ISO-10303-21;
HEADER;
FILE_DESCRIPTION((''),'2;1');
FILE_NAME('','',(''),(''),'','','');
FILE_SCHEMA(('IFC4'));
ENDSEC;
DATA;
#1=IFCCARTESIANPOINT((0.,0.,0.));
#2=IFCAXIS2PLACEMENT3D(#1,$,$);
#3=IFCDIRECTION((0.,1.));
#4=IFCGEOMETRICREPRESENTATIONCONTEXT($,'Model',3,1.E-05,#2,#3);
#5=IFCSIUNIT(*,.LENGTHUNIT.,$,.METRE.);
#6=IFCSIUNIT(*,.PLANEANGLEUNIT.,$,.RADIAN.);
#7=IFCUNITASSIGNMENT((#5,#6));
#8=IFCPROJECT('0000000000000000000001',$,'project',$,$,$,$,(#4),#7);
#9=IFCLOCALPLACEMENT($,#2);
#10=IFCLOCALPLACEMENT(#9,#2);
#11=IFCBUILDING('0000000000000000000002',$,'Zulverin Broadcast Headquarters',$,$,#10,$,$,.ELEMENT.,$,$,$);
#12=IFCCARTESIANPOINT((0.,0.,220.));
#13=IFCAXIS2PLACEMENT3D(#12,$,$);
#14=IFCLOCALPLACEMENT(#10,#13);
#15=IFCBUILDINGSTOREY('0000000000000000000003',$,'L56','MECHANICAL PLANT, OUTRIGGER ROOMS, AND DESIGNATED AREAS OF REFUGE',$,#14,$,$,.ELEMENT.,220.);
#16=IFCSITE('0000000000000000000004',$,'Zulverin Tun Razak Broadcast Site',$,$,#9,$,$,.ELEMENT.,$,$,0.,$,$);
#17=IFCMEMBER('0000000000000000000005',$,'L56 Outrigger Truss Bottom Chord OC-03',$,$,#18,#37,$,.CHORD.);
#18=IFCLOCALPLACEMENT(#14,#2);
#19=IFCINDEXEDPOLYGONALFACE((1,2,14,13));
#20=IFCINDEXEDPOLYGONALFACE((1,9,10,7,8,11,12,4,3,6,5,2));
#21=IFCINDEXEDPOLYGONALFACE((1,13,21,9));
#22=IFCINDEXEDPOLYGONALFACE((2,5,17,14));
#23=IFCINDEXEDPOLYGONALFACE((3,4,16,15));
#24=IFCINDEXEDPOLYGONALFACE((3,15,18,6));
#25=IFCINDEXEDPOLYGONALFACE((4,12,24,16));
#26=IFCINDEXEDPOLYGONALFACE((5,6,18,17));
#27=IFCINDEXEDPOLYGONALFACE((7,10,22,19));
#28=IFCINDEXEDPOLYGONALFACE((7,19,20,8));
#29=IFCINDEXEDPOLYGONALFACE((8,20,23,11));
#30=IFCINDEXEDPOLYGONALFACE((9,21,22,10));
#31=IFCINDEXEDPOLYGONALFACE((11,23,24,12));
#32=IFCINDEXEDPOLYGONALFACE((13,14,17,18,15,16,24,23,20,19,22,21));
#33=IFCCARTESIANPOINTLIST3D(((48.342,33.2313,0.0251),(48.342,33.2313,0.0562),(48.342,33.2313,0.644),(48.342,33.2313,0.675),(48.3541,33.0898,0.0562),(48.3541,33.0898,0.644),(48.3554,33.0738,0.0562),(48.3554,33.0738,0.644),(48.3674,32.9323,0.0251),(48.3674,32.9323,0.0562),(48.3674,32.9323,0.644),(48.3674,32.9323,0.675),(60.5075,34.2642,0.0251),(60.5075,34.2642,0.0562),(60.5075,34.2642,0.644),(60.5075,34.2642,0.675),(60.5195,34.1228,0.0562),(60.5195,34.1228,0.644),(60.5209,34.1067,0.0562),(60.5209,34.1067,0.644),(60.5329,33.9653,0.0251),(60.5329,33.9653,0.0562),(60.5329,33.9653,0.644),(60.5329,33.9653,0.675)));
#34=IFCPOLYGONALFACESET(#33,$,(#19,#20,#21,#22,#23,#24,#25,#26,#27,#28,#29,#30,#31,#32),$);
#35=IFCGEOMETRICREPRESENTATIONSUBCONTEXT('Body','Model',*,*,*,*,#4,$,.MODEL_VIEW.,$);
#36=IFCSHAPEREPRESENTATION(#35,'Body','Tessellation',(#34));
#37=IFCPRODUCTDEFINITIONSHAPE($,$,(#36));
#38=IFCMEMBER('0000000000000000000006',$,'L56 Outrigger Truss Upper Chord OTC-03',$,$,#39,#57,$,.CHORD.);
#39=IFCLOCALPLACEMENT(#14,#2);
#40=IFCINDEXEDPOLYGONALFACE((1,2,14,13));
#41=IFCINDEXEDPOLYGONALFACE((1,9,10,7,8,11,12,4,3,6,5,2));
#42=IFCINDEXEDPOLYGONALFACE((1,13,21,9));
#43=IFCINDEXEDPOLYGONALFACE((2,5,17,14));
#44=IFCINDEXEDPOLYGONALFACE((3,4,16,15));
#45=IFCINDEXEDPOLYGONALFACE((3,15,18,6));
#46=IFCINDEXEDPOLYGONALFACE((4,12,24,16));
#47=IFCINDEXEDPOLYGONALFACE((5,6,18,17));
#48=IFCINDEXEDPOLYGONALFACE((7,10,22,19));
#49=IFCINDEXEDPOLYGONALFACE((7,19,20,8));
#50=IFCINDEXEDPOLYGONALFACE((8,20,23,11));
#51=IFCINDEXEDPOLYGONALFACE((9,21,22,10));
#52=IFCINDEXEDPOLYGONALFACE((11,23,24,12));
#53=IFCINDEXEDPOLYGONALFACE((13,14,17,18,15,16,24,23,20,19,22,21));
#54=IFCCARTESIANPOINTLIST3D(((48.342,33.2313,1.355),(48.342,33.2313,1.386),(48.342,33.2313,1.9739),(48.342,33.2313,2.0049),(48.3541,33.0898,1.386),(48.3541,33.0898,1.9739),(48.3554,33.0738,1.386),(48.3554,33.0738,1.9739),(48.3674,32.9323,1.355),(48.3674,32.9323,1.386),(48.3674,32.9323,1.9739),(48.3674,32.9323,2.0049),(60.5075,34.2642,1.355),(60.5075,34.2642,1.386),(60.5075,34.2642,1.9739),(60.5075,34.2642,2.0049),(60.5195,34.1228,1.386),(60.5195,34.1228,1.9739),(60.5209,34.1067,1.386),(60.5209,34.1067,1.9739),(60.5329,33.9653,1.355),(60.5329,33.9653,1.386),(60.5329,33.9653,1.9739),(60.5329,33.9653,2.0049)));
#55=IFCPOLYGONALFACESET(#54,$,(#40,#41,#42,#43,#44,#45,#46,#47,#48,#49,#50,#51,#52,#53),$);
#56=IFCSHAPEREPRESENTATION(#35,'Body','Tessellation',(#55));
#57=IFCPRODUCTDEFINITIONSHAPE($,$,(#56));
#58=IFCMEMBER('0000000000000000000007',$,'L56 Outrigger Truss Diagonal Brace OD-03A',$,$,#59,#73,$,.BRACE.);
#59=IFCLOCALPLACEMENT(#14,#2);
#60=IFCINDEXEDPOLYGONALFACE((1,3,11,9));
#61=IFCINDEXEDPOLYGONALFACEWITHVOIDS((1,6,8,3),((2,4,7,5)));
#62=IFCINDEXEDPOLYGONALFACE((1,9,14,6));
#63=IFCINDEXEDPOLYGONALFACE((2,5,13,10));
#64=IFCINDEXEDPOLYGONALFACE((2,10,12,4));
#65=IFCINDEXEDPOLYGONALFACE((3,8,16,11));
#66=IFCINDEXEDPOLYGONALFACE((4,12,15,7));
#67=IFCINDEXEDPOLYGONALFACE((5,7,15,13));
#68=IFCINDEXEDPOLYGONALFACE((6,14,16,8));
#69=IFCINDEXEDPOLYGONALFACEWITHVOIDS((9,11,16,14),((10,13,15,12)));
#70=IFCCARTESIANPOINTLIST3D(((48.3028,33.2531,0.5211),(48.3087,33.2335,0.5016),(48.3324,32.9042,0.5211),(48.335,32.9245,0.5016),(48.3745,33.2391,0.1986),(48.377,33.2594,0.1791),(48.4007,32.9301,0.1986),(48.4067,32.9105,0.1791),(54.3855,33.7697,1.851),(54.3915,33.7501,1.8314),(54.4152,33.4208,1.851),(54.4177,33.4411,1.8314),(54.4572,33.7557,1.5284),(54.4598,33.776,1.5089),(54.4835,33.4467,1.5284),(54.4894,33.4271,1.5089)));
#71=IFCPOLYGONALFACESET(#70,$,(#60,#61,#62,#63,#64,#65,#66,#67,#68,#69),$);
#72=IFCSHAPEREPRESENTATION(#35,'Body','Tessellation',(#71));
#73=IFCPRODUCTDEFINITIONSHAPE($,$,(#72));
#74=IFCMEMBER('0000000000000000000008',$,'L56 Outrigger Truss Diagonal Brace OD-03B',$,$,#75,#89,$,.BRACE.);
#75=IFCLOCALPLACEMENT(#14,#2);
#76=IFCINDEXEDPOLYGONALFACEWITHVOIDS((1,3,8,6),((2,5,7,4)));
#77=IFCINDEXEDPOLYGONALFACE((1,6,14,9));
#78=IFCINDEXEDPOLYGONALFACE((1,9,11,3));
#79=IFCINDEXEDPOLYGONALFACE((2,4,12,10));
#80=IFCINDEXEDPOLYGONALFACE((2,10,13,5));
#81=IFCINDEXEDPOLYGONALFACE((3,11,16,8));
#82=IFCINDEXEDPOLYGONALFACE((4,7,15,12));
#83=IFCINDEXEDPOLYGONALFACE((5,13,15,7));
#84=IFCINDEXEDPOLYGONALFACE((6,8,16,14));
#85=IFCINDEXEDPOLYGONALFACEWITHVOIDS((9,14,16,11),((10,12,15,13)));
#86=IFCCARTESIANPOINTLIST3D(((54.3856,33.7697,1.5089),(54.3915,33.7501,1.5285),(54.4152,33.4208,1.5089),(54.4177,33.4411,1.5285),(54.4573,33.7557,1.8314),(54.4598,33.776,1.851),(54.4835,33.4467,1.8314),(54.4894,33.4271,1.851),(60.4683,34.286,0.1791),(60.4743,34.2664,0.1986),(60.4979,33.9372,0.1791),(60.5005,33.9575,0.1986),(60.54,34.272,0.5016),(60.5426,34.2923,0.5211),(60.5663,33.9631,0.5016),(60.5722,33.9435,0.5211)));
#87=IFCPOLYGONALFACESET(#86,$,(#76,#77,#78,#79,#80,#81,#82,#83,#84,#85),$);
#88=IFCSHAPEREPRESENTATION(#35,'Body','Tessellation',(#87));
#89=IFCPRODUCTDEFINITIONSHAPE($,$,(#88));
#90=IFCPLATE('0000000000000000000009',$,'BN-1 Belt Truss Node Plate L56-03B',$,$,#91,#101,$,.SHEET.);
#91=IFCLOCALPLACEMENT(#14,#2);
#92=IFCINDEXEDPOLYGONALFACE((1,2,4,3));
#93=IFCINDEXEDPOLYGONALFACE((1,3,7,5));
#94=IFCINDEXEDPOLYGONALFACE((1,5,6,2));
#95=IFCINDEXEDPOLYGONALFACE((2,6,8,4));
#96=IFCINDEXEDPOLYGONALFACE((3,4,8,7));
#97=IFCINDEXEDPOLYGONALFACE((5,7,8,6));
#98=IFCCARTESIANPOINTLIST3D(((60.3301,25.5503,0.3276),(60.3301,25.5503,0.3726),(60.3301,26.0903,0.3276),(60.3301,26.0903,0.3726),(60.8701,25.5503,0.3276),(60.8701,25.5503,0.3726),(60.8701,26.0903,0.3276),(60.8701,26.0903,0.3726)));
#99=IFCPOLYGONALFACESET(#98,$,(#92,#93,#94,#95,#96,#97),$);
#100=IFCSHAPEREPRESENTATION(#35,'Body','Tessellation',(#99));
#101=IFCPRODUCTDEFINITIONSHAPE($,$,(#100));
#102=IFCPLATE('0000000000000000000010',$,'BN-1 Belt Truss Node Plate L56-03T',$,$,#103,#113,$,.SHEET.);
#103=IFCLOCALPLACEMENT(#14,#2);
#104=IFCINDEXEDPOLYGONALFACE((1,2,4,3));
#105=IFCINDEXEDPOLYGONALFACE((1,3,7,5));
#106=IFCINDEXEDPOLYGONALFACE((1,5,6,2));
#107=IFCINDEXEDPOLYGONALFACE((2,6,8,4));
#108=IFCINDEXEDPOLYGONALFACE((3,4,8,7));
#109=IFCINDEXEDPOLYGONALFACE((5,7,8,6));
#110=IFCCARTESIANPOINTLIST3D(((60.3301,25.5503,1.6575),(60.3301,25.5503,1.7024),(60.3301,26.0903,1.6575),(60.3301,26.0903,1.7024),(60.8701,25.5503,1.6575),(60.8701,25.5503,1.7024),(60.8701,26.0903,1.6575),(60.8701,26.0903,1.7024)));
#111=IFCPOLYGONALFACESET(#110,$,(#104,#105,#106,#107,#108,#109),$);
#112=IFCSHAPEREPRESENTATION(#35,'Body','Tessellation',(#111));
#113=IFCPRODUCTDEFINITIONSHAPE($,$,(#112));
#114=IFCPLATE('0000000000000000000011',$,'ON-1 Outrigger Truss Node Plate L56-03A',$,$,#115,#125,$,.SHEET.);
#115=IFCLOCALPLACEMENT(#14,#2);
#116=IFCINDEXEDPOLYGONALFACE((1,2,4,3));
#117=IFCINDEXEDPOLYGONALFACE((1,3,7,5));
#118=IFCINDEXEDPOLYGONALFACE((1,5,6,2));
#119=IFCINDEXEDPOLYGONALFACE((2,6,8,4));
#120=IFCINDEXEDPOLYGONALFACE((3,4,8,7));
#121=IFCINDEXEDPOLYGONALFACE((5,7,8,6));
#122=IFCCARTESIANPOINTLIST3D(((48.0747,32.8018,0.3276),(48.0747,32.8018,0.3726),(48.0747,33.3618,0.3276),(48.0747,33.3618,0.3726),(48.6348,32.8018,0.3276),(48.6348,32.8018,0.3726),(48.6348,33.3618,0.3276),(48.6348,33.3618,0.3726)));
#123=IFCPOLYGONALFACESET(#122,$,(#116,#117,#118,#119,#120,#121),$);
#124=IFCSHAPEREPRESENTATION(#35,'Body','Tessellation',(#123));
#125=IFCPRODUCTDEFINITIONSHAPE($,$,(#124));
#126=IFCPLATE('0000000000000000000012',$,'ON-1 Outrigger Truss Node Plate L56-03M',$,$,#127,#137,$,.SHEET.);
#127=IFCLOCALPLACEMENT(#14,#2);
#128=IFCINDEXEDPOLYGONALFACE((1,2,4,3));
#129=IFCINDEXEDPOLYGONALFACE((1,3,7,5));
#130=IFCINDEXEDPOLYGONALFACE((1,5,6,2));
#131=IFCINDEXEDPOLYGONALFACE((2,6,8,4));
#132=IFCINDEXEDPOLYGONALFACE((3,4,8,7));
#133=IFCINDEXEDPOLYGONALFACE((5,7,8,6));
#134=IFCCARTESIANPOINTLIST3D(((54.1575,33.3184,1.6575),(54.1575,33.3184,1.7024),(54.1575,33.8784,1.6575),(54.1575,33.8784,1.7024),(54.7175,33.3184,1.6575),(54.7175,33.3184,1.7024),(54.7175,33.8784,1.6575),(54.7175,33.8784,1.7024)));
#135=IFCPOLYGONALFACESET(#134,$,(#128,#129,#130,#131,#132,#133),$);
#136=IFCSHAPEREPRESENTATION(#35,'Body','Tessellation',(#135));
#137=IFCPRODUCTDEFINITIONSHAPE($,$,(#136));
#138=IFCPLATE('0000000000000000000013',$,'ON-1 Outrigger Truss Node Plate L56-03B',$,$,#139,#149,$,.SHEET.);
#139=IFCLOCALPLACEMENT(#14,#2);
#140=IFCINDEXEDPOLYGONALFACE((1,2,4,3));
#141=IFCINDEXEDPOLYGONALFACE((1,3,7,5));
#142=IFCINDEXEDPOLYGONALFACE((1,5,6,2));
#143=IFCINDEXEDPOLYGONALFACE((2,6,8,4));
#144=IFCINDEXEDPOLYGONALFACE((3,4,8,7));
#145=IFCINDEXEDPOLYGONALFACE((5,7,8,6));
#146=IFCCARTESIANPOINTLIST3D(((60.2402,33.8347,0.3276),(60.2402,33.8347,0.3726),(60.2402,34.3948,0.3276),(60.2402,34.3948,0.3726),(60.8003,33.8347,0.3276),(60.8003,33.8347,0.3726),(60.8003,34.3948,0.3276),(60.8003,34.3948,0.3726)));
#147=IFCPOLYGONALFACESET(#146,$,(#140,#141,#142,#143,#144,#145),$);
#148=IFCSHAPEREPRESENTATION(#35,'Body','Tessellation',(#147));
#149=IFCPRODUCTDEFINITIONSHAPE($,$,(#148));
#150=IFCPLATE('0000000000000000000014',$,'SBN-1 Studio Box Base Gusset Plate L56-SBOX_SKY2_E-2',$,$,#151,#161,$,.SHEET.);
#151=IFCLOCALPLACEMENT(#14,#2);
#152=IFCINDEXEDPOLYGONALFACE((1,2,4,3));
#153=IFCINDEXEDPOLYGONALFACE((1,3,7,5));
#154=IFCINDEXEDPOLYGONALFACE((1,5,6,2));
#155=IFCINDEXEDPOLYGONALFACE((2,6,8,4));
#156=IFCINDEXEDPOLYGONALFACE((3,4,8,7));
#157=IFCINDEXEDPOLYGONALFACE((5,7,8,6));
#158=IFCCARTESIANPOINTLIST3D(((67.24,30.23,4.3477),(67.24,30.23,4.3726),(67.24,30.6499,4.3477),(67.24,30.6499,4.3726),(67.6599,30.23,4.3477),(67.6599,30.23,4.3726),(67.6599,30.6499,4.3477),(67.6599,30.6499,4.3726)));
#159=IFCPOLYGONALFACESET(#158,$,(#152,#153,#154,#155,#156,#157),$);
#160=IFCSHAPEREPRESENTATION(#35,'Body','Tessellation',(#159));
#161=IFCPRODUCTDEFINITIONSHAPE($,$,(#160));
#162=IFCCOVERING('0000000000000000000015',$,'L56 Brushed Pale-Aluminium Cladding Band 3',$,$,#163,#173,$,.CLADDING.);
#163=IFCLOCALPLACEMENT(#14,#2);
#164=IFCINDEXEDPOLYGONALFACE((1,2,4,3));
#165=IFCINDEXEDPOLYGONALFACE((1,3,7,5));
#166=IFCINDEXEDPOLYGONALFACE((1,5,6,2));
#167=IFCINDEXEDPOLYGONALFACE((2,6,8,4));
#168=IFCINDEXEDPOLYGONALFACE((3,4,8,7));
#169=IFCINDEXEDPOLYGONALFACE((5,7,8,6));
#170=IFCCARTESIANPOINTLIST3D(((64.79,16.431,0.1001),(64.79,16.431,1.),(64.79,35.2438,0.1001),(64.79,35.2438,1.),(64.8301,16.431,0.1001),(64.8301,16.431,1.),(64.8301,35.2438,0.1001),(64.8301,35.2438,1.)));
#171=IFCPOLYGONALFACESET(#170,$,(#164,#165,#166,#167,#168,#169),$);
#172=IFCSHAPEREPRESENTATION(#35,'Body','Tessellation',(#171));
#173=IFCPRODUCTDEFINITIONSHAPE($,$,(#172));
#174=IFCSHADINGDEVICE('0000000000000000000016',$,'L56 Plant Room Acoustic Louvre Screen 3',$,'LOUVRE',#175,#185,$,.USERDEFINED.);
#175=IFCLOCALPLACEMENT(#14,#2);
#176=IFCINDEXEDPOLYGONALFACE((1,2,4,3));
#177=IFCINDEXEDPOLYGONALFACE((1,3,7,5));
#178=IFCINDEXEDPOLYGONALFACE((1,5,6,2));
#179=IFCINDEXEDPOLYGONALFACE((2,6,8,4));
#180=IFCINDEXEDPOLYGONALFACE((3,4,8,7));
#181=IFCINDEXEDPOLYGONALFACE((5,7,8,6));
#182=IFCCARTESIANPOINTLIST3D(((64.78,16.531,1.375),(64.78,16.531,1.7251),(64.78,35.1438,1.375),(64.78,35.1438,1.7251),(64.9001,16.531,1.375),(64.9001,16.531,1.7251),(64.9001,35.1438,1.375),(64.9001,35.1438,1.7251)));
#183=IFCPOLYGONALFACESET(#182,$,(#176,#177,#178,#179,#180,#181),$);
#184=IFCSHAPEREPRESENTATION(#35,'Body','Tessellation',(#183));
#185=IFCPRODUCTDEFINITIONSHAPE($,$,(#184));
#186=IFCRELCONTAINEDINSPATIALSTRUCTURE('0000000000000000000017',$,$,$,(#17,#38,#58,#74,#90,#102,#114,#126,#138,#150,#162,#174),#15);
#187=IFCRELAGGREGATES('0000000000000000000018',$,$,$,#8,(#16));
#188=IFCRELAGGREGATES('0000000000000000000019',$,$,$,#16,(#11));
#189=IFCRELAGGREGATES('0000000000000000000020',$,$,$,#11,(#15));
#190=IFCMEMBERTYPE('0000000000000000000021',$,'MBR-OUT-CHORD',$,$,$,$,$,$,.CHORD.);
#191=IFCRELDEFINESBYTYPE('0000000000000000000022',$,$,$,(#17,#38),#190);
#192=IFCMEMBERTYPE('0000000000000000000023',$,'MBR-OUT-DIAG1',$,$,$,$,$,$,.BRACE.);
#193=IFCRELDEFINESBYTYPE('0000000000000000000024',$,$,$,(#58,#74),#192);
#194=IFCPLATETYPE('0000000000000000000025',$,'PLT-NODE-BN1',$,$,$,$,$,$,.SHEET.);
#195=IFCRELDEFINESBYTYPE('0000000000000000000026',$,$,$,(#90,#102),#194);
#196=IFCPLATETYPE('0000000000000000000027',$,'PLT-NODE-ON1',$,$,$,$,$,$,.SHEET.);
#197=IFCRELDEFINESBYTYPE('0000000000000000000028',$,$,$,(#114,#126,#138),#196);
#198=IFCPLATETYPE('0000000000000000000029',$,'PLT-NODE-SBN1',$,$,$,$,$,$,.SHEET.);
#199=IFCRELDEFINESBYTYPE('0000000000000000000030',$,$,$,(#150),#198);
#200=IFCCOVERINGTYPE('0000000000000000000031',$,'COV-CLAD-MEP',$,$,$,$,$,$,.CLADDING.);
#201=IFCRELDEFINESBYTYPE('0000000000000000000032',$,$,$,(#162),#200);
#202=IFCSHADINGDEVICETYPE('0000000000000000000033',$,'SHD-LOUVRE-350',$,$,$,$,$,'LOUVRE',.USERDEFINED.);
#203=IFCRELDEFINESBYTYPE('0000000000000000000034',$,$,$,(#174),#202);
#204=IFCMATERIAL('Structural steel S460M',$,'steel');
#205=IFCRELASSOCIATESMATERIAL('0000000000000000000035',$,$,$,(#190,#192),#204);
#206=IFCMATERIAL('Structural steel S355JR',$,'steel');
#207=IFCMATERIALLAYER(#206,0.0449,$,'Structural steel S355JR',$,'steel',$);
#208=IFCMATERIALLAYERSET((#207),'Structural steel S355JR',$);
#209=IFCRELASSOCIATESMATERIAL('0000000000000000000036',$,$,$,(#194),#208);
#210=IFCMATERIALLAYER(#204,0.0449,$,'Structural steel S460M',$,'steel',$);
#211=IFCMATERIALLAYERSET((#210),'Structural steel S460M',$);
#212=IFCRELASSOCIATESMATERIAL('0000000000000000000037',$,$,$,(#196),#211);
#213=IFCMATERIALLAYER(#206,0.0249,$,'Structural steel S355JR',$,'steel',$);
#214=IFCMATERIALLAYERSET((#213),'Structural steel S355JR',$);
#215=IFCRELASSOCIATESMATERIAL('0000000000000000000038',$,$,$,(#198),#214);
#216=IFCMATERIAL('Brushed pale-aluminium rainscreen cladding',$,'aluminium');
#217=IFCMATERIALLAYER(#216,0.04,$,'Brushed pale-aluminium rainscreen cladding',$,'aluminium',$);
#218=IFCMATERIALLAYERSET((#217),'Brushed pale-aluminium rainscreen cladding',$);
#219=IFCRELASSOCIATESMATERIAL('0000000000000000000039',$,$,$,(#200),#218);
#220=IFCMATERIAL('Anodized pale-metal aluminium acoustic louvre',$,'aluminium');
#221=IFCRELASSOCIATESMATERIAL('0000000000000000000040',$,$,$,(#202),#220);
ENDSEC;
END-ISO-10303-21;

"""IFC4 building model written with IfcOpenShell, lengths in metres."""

from ifc_helpers import new_model, si_unit, direction, frame, origin, origin_2d, place, context, subcontext, project, spatial, rectangle, hollow_rectangle, i_section, extrude, material, layer, layer_set, material_profile, profile_set, type_object, element, save


model = new_model("IFC4")

# Units and contexts
model_context = context("Model", 3, precision=1e-05, world=origin(), true_north=direction((0.0, 1.0)))
body_context = subcontext(model_context, "Body", "Model", "MODEL_VIEW")
ifc_project = project(units=[si_unit("LENGTHUNIT", "METRE"), si_unit("PLANEANGLEUNIT", "RADIAN")], contexts=[model_context])

# Site, building, storey
site_placement = place(None, origin())
site = spatial("IfcSite", under=ifc_project, at=site_placement, Name="Zulverin Tun Razak Broadcast Site", CompositionType="ELEMENT", RefElevation=0.0)
building_placement = place(site_placement, origin())
building = spatial("IfcBuilding", under=site, at=building_placement, Name="Zulverin Broadcast Headquarters", CompositionType="ELEMENT")
storey_placement = place(building_placement, frame((0.0, 0.0, 220.0)))
storey = spatial("IfcBuildingStorey", under=building, at=storey_placement, Name="L56", Description="MECHANICAL PLANT, OUTRIGGER ROOMS, AND DESIGNATED AREAS OF REFUGE", CompositionType="ELEMENT", Elevation=220.0)

# Shared definitions
ifc_material_1 = material(Name="Structural steel S355JR", Category="steel")

# Members
ifc_material_2 = material(Name="Structural steel S460M", Category="steel")
ifc_material_profile_1 = material_profile(ifc_material_2, i_section(OverallWidth=0.3, OverallDepth=0.6499, WebThickness=0.0161, FlangeThickness=0.031, at=origin_2d()), Name="Structural steel S460M", Category="steel")
ifc_profile_set_1 = profile_set([ifc_material_profile_1], Name="Structural steel S460M")
member_type_1 = type_object("IfcMemberType", Name="MBR-OUT-CHORD", PredefinedType="CHORD", material=ifc_profile_set_1)
for number, where, z_axis, x_axis, name in (
    (1, (48.3547, 33.0818, 0.3501), (0.996415, 0.084604, 0.0), (-0.084604, 0.996415, 0.0), "L56 Outrigger Truss Bottom Chord OC-03"),
    (2, (48.3547, 33.0818, 1.6799), (0.996415, 0.084604, 0.0), (-0.084604, 0.996415, 0.0), "L56 Outrigger Truss Upper Chord OTC-03"),
):
    element("IfcMember", number, at=place(storey_placement, frame(where, z_axis=z_axis, x_axis=x_axis)), inside=storey, type_object=member_type_1, Name=name, PredefinedType="CHORD", context=body_context, shape_type="SweptSolid", body=[
        extrude(i_section(OverallWidth=0.3, OverallDepth=0.6499, WebThickness=0.0161, FlangeThickness=0.031, at=origin_2d()), origin(), (0.0, 0.0, 1.0), 12.2092),
    ])
ifc_material_profile_2 = material_profile(ifc_material_2, hollow_rectangle(XDim=0.3501, YDim=0.3501, WallThickness=0.02, at=origin_2d()), Name="Structural steel S460M", Category="steel")
ifc_profile_set_2 = profile_set([ifc_material_profile_2], Name="Structural steel S460M")
member_type_2 = type_object("IfcMemberType", Name="MBR-OUT-DIAG1", PredefinedType="BRACE", material=ifc_profile_set_2)
for number, where, z_axis, x_axis, name in (
    (3, (48.3547, 33.0818, 0.3501), (0.973581, 0.082685, 0.212847), (-0.084624, 0.996413, 0.0), "L56 Outrigger Truss Diagonal Brace OD-03A"),
    (4, (60.5203, 34.1147, 0.3501), (-0.973584, -0.082646, 0.212848), (0.084584, -0.996416, 0.0), "L56 Outrigger Truss Diagonal Brace OD-03B"),
):
    element("IfcMember", number, at=place(storey_placement, frame(where, z_axis=z_axis, x_axis=x_axis)), inside=storey, type_object=member_type_2, Name=name, PredefinedType="BRACE", context=body_context, shape_type="SweptSolid", body=[
        extrude(hollow_rectangle(XDim=0.3501, YDim=0.3501, WallThickness=0.02, at=origin_2d()), origin(), (0.0, 0.0, 1.0), 6.2478),
    ])

# Plates
ifc_layer_1 = layer(ifc_material_1, 0.0449, Name="Structural steel S355JR", Category="steel")
ifc_layer_set_1 = layer_set([ifc_layer_1], Name="Structural steel S355JR")
plate_type_1 = type_object("IfcPlateType", Name="PLT-NODE-BN1", PredefinedType="SHEET", material=ifc_layer_set_1)
for number, where, z_axis, x_axis, name in (
    (5, (60.6001, 25.8203, 0.3276), (0.0, 0.0, 1.0), (1.0, 0.0, 0.0), "BN-1 Belt Truss Node Plate L56-03B"),
    (6, (60.6001, 25.8203, 1.6575), (0.0, 0.0, 1.0), (1.0, 0.0, 0.0), "BN-1 Belt Truss Node Plate L56-03T"),
):
    element("IfcPlate", number, at=place(storey_placement, frame(where, z_axis=z_axis, x_axis=x_axis)), inside=storey, type_object=plate_type_1, Name=name, PredefinedType="SHEET", context=body_context, shape_type="SweptSolid", body=[
        extrude(rectangle(XDim=0.54, YDim=0.54, at=origin_2d()), origin(), (0.0, 0.0, 1.0), 0.0449),
    ])
ifc_layer_2 = layer(ifc_material_2, 0.0449, Name="Structural steel S460M", Category="steel")
ifc_layer_set_2 = layer_set([ifc_layer_2], Name="Structural steel S460M")
plate_type_2 = type_object("IfcPlateType", Name="PLT-NODE-ON1", PredefinedType="SHEET", material=ifc_layer_set_2)
for number, where, z_axis, x_axis, name in (
    (7, (48.3547, 33.0818, 0.3276), (0.0, 0.0, 1.0), (1.0, 0.0, 0.0), "ON-1 Outrigger Truss Node Plate L56-03A"),
    (8, (54.4375, 33.5984, 1.6575), (0.0, 0.0, 1.0), (1.0, 0.0, 0.0), "ON-1 Outrigger Truss Node Plate L56-03M"),
    (9, (60.5203, 34.1147, 0.3276), (0.0, 0.0, 1.0), (1.0, 0.0, 0.0), "ON-1 Outrigger Truss Node Plate L56-03B"),
):
    element("IfcPlate", number, at=place(storey_placement, frame(where, z_axis=z_axis, x_axis=x_axis)), inside=storey, type_object=plate_type_2, Name=name, PredefinedType="SHEET", context=body_context, shape_type="SweptSolid", body=[
        extrude(rectangle(XDim=0.5601, YDim=0.5601, at=origin_2d()), origin(), (0.0, 0.0, 1.0), 0.0449),
    ])
ifc_layer_3 = layer(ifc_material_1, 0.0249, Name="Structural steel S355JR", Category="steel")
ifc_layer_set_3 = layer_set([ifc_layer_3], Name="Structural steel S355JR")
plate_type_3 = type_object("IfcPlateType", Name="PLT-NODE-SBN1", PredefinedType="SHEET", material=ifc_layer_set_3)
plate_placement = place(storey_placement, frame((67.45, 30.4399, 4.3477), z_axis=(0.0, 0.0, 1.0), x_axis=(1.0, 0.0, 0.0)))
element("IfcPlate", 10, at=plate_placement, inside=storey, type_object=plate_type_3, Name="SBN-1 Studio Box Base Gusset Plate L56-SBOX_SKY2_E-2", PredefinedType="SHEET", context=body_context, shape_type="SweptSolid", body=[
    extrude(rectangle(XDim=0.4199, YDim=0.4199, at=origin_2d()), origin(), (0.0, 0.0, 1.0), 0.0249),
])

# Covering
ifc_material_3 = material(Name="Brushed pale-aluminium rainscreen cladding", Category="aluminium")
ifc_layer_4 = layer(ifc_material_3, 0.04, Name="Brushed pale-aluminium rainscreen cladding", Category="aluminium")
ifc_layer_set_4 = layer_set([ifc_layer_4], Name="Brushed pale-aluminium rainscreen cladding")
covering_type = type_object("IfcCoveringType", Name="COV-CLAD-MEP", PredefinedType="CLADDING", material=ifc_layer_set_4)
covering_placement = place(storey_placement, frame((64.8101, 25.8374, 0.1001), z_axis=(0.0, 0.0, 1.0), x_axis=(0.0, 1.0, 0.0)))
element("IfcCovering", 11, at=covering_placement, inside=storey, type_object=covering_type, Name="L56 Brushed Pale-Aluminium Cladding Band 3", PredefinedType="CLADDING", context=body_context, shape_type="SweptSolid", body=[
    extrude(rectangle(XDim=18.8127, YDim=0.04, at=origin_2d()), origin(), (0.0, 0.0, 1.0), 0.8999),
])

# Shading device
ifc_material_4 = material(Name="Anodized pale-metal aluminium acoustic louvre", Category="aluminium")
shading_device_type = type_object("IfcShadingDeviceType", Name="SHD-LOUVRE-350", ElementType="LOUVRE", PredefinedType="USERDEFINED", material=ifc_material_4)
shading_device_placement = place(storey_placement, frame((64.8401, 25.8374, 1.375), z_axis=(0.0, 0.0, 1.0), x_axis=(0.0, 1.0, 0.0)))
element("IfcShadingDevice", 12, at=shading_device_placement, inside=storey, type_object=shading_device_type, Name="L56 Plant Room Acoustic Louvre Screen 3", ObjectType="LOUVRE", PredefinedType="USERDEFINED", context=body_context, shape_type="SweptSolid", body=[
    extrude(rectangle(XDim=18.6128, YDim=0.1201, at=origin_2d()), origin(), (0.0, 0.0, 1.0), 0.3501),
])

save(model, "model.ifc")
